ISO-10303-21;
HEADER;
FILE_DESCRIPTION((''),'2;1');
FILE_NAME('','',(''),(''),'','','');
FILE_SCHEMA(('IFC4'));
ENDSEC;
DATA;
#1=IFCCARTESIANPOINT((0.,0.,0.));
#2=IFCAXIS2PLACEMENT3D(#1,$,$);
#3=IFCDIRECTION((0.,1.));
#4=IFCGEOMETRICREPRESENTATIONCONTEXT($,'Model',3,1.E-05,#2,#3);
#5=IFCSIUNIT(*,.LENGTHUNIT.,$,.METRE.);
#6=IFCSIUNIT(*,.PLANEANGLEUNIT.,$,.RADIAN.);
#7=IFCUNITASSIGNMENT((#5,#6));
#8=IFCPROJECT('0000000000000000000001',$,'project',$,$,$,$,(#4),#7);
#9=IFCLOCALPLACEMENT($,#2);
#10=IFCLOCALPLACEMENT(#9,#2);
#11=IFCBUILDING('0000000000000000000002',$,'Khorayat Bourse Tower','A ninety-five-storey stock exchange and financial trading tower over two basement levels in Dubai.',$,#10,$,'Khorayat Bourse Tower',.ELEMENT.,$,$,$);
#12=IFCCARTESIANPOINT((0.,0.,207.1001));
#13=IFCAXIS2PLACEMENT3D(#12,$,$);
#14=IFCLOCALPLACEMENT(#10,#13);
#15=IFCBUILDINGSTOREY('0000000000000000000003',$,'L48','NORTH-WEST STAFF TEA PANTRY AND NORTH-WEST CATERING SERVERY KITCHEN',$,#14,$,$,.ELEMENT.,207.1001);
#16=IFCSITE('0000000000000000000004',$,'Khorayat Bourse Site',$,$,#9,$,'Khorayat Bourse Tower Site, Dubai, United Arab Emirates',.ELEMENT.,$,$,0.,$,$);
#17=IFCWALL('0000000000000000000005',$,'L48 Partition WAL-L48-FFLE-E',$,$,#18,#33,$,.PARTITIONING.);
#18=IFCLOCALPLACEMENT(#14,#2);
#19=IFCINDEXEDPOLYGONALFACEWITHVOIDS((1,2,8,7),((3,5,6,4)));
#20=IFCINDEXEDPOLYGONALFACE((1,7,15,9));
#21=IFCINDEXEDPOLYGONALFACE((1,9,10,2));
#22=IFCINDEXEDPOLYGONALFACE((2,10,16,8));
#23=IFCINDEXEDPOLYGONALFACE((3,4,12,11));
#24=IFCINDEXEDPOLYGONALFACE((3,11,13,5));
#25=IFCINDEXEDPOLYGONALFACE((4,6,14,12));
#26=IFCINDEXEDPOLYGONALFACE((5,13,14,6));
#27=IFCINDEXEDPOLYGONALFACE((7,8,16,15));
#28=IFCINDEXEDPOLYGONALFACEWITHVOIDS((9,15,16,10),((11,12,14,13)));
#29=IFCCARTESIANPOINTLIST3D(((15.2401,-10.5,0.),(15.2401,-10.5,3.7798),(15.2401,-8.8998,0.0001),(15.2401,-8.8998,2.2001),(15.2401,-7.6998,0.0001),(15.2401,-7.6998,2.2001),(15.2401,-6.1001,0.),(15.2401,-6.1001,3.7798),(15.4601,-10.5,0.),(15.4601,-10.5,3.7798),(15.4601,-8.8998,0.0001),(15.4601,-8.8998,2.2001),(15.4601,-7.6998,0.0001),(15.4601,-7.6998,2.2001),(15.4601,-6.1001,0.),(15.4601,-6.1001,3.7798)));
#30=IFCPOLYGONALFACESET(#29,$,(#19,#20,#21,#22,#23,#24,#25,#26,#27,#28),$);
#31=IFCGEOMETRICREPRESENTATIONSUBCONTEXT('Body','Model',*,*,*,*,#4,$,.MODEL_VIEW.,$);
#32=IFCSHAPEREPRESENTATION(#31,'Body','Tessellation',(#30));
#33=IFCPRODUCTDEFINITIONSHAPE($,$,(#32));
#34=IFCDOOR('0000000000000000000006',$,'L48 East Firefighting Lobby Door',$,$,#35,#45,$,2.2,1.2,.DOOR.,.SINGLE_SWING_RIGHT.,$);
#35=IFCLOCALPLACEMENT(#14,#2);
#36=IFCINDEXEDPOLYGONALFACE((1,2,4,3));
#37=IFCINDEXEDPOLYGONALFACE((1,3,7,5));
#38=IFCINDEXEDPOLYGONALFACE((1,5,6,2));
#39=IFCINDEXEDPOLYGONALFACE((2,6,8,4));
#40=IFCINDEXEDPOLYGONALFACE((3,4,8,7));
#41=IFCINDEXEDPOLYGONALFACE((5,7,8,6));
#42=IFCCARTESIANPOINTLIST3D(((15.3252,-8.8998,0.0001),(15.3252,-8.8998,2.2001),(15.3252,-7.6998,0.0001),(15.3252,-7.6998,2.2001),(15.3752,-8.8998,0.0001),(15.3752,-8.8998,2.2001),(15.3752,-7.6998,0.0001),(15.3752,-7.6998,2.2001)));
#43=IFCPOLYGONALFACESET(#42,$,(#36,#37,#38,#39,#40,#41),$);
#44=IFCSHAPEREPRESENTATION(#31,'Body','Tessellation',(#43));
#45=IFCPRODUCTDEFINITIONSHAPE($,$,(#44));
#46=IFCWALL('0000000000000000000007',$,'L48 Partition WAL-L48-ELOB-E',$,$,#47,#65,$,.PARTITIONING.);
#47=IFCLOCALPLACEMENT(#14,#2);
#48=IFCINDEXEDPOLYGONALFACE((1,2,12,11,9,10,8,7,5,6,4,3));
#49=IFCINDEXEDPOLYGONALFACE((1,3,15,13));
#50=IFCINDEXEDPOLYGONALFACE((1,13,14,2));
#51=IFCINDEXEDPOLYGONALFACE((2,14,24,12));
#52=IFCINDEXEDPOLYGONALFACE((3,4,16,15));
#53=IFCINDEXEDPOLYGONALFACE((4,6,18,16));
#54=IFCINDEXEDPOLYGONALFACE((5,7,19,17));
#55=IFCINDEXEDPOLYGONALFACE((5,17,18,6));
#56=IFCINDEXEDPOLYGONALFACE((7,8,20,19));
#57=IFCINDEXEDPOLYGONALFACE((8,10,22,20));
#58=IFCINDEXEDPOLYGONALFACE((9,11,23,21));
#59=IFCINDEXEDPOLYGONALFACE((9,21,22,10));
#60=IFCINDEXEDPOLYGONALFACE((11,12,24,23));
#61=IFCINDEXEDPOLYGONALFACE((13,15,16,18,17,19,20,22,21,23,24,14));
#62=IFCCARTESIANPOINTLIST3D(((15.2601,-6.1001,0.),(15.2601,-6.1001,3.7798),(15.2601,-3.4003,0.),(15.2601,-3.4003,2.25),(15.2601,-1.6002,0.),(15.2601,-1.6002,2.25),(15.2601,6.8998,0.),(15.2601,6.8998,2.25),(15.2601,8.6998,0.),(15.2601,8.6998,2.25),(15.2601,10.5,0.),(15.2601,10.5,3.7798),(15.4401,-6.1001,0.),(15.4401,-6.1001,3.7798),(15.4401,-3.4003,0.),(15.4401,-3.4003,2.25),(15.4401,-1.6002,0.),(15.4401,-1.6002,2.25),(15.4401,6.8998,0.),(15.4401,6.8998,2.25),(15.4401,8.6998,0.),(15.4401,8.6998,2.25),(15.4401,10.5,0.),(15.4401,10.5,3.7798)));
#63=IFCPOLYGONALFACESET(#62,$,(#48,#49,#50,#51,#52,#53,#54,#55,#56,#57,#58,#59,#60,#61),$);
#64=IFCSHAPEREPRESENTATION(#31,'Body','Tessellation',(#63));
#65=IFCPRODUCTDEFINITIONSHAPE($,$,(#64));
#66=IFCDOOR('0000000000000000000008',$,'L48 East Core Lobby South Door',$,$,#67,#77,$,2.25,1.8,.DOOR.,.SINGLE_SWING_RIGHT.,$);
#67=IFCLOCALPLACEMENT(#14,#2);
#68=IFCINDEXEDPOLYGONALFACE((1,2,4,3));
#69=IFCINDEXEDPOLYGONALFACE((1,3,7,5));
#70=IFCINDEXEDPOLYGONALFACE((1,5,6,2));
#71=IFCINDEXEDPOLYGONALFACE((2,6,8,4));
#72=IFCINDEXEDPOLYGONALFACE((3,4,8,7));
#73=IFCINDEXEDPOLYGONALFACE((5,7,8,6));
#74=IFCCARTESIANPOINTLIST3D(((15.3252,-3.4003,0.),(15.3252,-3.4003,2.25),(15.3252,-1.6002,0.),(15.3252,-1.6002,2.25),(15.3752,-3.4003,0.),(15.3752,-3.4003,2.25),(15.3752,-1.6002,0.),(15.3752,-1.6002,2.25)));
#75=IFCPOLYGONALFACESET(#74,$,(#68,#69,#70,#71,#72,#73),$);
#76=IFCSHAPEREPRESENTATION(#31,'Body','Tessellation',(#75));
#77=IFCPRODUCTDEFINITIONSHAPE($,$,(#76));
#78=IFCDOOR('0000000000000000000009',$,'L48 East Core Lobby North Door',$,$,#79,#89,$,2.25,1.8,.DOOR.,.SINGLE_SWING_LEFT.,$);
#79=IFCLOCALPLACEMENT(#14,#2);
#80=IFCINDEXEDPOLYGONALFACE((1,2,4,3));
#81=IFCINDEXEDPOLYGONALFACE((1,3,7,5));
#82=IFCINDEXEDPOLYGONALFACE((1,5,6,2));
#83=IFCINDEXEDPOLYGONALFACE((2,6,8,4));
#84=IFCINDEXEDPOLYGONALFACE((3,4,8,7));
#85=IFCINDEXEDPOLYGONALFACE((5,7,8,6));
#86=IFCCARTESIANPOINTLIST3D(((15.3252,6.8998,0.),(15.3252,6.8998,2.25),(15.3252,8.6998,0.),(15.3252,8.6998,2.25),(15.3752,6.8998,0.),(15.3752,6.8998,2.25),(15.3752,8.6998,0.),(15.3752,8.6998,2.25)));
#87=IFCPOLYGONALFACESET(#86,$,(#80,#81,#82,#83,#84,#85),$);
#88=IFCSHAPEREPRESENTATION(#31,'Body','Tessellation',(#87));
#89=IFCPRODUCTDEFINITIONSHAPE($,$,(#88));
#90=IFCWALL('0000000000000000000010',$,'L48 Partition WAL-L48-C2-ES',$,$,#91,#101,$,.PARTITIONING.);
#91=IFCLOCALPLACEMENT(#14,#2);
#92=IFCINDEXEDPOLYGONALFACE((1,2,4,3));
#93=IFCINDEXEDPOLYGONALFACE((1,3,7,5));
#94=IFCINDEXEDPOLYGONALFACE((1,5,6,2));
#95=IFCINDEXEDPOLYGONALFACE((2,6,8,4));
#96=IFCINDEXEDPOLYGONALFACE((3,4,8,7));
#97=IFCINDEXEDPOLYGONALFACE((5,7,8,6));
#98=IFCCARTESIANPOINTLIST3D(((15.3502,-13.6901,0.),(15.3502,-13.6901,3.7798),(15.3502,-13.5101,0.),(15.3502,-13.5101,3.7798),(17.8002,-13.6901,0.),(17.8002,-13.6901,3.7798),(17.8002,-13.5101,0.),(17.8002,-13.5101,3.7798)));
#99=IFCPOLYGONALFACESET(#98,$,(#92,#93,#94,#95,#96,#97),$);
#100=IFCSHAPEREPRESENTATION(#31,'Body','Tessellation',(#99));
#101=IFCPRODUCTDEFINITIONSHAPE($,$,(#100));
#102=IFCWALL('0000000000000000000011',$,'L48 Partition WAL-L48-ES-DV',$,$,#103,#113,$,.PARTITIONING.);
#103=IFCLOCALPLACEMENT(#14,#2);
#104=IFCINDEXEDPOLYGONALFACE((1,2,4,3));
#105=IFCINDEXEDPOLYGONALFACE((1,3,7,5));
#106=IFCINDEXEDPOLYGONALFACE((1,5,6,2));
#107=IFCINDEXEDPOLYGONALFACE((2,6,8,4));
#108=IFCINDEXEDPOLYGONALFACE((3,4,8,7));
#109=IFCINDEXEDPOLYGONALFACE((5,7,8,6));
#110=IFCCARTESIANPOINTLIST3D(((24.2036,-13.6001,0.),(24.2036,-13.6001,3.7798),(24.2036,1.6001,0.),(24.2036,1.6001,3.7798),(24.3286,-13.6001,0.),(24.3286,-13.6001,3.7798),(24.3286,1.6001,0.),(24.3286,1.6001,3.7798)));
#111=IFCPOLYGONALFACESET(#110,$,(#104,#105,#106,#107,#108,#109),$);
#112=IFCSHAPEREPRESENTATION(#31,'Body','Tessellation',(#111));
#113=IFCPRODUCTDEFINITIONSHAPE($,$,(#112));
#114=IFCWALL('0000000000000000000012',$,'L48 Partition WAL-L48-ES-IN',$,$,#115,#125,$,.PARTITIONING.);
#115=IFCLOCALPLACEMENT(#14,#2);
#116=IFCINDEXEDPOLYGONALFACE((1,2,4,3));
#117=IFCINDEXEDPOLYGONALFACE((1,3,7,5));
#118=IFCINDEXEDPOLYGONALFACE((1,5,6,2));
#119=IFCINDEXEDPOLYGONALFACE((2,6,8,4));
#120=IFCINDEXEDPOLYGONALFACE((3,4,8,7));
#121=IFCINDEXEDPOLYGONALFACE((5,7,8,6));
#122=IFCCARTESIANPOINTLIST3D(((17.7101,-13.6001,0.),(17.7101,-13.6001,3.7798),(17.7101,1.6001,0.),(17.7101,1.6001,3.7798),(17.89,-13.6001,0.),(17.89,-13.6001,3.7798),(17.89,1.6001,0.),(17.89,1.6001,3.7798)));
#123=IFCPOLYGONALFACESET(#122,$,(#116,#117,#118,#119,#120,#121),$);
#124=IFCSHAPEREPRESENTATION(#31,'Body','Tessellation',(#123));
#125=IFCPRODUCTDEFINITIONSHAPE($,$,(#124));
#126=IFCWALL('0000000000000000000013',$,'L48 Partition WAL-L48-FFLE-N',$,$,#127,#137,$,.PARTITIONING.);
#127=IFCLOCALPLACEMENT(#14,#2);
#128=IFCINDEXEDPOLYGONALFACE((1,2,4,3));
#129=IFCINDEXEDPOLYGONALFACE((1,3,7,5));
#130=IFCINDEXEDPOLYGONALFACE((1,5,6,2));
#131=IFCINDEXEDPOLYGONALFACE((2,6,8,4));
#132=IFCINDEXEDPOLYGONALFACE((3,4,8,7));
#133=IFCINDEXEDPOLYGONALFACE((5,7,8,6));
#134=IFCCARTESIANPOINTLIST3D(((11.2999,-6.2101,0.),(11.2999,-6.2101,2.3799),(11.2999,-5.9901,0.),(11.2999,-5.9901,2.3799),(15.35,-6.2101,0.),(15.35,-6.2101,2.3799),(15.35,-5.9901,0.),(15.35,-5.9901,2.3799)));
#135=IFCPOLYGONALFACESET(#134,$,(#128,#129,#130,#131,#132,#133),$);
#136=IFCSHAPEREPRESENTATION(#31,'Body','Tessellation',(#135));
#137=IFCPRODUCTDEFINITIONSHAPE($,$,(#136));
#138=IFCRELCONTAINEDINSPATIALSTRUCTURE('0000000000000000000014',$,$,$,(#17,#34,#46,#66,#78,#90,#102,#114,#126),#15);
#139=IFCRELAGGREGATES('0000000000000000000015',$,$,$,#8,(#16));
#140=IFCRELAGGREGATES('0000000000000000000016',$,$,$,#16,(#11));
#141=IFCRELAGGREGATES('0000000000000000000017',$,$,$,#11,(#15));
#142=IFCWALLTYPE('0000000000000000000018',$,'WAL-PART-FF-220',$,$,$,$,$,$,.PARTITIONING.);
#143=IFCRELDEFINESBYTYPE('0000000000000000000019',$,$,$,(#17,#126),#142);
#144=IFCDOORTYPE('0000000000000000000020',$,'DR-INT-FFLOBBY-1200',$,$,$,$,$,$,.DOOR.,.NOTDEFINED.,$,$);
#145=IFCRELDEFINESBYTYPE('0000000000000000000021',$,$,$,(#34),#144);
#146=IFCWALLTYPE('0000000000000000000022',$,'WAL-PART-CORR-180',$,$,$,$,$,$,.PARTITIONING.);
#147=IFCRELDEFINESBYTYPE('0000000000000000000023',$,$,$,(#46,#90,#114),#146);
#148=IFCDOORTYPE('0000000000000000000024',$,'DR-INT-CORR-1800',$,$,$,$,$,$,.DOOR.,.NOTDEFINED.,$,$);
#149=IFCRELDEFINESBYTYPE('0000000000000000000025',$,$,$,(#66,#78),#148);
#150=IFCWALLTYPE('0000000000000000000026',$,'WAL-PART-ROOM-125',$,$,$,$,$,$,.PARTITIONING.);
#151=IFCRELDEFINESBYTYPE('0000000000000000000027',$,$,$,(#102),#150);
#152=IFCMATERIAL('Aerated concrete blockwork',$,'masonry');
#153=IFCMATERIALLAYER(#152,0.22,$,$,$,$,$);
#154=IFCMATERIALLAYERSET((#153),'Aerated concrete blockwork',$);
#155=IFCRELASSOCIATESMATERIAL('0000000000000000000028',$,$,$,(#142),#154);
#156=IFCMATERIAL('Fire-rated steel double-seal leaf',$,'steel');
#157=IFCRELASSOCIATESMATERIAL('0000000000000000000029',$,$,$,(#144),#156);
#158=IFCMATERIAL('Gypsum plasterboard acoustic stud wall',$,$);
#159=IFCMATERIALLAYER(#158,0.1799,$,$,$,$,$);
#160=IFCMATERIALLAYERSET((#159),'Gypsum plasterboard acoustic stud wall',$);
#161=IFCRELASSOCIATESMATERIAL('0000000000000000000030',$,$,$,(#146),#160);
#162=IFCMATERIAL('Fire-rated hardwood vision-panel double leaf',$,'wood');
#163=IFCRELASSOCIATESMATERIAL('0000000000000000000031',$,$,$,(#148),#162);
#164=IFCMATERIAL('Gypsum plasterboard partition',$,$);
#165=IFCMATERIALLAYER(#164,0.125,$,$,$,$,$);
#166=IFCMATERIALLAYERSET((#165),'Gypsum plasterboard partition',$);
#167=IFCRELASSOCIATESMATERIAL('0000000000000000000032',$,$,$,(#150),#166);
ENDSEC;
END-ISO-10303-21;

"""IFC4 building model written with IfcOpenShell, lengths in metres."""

from ifc_helpers import new_model, si_unit, direction, frame, frame_2d, origin, place, context, subcontext, project, spatial, rectangle, extrude, source, transform, mapped, material, layer, layer_set, type_object, element, fill, save


model = new_model("IFC4")

# Units and contexts
model_context = context("Model", 3, precision=1e-05, world=origin(), true_north=direction((0.0, 1.0)))
body_context = subcontext(model_context, "Body", "Model", "MODEL_VIEW")
ifc_project = project(units=[si_unit("LENGTHUNIT", "METRE"), si_unit("PLANEANGLEUNIT", "RADIAN")], contexts=[model_context])

# Site, building, storey
site_placement = place(None, origin())
site = spatial("IfcSite", under=ifc_project, at=site_placement, Name="Khorayat Bourse Site", LongName="Khorayat Bourse Tower Site, Dubai, United Arab Emirates", CompositionType="ELEMENT", RefElevation=0.0)
building_placement = place(site_placement, origin())
building = spatial("IfcBuilding", under=site, at=building_placement, Name="Khorayat Bourse Tower", Description="A ninety-five-storey stock exchange and financial trading tower over two basement levels in Dubai.", LongName="Khorayat Bourse Tower", CompositionType="ELEMENT")
storey_placement = place(building_placement, frame((0.0, 0.0, 207.1001)))
storey = spatial("IfcBuildingStorey", under=building, at=storey_placement, Name="L48", Description="NORTH-WEST STAFF TEA PANTRY AND NORTH-WEST CATERING SERVERY KITCHEN", CompositionType="ELEMENT", Elevation=207.1001)

# Shared definitions
ifc_material_1 = material(Name="Aerated concrete blockwork", Category="masonry")
ifc_layer_1 = layer(ifc_material_1, 0.22)
ifc_layer_set_1 = layer_set([ifc_layer_1], Name="Aerated concrete blockwork")
wall_type_1 = type_object("IfcWallType", Name="WAL-PART-FF-220", PredefinedType="PARTITIONING", material=ifc_layer_set_1)

# Wall, opening, door
shared_shape_1 = source(origin(), body_context, "Body", "SweptSolid", [
    extrude(rectangle(XDim=4.3999, YDim=0.22, at=frame_2d((2.2, 0.0))), origin(), (0.0, 0.0, 1.0), 3.7798),
])
wall_1_placement = place(storey_placement, frame((15.3501, -10.5, 0.0), z_axis=(0.0, 0.0, 1.0), x_axis=(0.0, 1.0, 0.0)))
wall_1 = element("IfcWall", 1, at=wall_1_placement, inside=storey, type_object=wall_type_1, Name="L48 Partition WAL-L48-FFLE-E", PredefinedType="PARTITIONING", context=body_context, shape_type="MappedRepresentation", body=[
    mapped(shared_shape_1, transform((0.0, 0.0, 0.0), scale=1.0)),
])
shared_shape_2 = source(origin(), body_context, "Body", "SweptSolid", [
    extrude(rectangle(XDim=1.2, YDim=2.2, at=frame_2d((0.6001, 1.1001))), frame((0.0, 0.1199, 0.0), z_axis=(0.0, -1.0, 0.0), x_axis=(1.0, 0.0, 0.0)), (0.0, 0.0, 1.0), 0.24),
])
opening_1_placement = place(wall_1_placement, frame((1.6001, 0.0, 0.0)))
opening_1 = element("IfcOpeningElement", 2, at=opening_1_placement, cuts=wall_1, PredefinedType="OPENING", context=body_context, shape_type="MappedRepresentation", body=[
    mapped(shared_shape_2, transform((0.0, 0.0, 0.0), scale=1.0)),
])
ifc_material_2 = material(Name="Fire-rated steel double-seal leaf", Category="steel")
door_type_1 = type_object("IfcDoorType", Name="DR-INT-FFLOBBY-1200", OperationType="NOTDEFINED", PredefinedType="DOOR", material=ifc_material_2)
shared_shape_3 = source(origin(), body_context, "Body", "SweptSolid", [
    extrude(rectangle(XDim=1.2, YDim=2.2, at=frame_2d((0.6001, 1.1001))), frame((0.0, 0.0249, 0.0), z_axis=(0.0, -1.0, 0.0), x_axis=(1.0, 0.0, 0.0)), (0.0, 0.0, 1.0), 0.05),
])
door_1_placement = place(opening_1_placement, origin())
door_1 = element("IfcDoor", 3, at=door_1_placement, inside=storey, type_object=door_type_1, Name="L48 East Firefighting Lobby Door", OperationType="SINGLE_SWING_RIGHT", OverallHeight=2.2, OverallWidth=1.2, PredefinedType="DOOR", context=body_context, shape_type="MappedRepresentation", body=[
    mapped(shared_shape_3, transform((0.0, 0.0, 0.0), scale=1.0)),
])
fill(opening_1, door_1)

# Wall, openings, doors
ifc_material_3 = material(Name="Gypsum plasterboard acoustic stud wall")
ifc_layer_2 = layer(ifc_material_3, 0.1799)
ifc_layer_set_2 = layer_set([ifc_layer_2], Name="Gypsum plasterboard acoustic stud wall")
wall_type_2 = type_object("IfcWallType", Name="WAL-PART-CORR-180", PredefinedType="PARTITIONING", material=ifc_layer_set_2)
shared_shape_4 = source(origin(), body_context, "Body", "SweptSolid", [
    extrude(rectangle(XDim=16.6001, YDim=0.1799, at=frame_2d((8.3, 0.0))), origin(), (0.0, 0.0, 1.0), 3.7798),
])
wall_2_placement = place(storey_placement, frame((15.3501, -6.1001, 0.0), z_axis=(0.0, 0.0, 1.0), x_axis=(0.0, 1.0, 0.0)))
wall_2 = element("IfcWall", 4, at=wall_2_placement, inside=storey, type_object=wall_type_2, Name="L48 Partition WAL-L48-ELOB-E", PredefinedType="PARTITIONING", context=body_context, shape_type="MappedRepresentation", body=[
    mapped(shared_shape_4, transform((0.0, 0.0, 0.0), scale=1.0)),
])
shared_shape_5 = source(origin(), body_context, "Body", "SweptSolid", [
    extrude(rectangle(XDim=1.8, YDim=2.25, at=frame_2d((0.8999, 1.125))), frame((0.0, 0.0999, 0.0), z_axis=(0.0, -1.0, 0.0), x_axis=(1.0, 0.0, 0.0)), (0.0, 0.0, 1.0), 0.2),
])
opening_2_placement = place(wall_2_placement, frame((2.7, 0.0, 0.0)))
opening_2 = element("IfcOpeningElement", 5, at=opening_2_placement, cuts=wall_2, PredefinedType="OPENING", context=body_context, shape_type="MappedRepresentation", body=[
    mapped(shared_shape_5, transform((0.0, 0.0, 0.0), scale=1.0)),
])
opening_3_placement = place(wall_2_placement, frame((13.0, 0.0, 0.0)))
opening_3 = element("IfcOpeningElement", 6, at=opening_3_placement, cuts=wall_2, PredefinedType="OPENING", context=body_context, shape_type="MappedRepresentation", body=[
    mapped(shared_shape_5, transform((0.0, 0.0, 0.0), scale=1.0)),
])
ifc_material_4 = material(Name="Fire-rated hardwood vision-panel double leaf", Category="wood")
door_type_2 = type_object("IfcDoorType", Name="DR-INT-CORR-1800", OperationType="NOTDEFINED", PredefinedType="DOOR", material=ifc_material_4)
shared_shape_6 = source(origin(), body_context, "Body", "SweptSolid", [
    extrude(rectangle(XDim=1.8, YDim=2.25, at=frame_2d((0.8999, 1.125))), frame((0.0, 0.0249, 0.0), z_axis=(0.0, -1.0, 0.0), x_axis=(1.0, 0.0, 0.0)), (0.0, 0.0, 1.0), 0.05),
])
door_2_placement = place(opening_2_placement, origin())
door_2 = element("IfcDoor", 7, at=door_2_placement, inside=storey, type_object=door_type_2, Name="L48 East Core Lobby South Door", OperationType="SINGLE_SWING_RIGHT", OverallHeight=2.25, OverallWidth=1.8, PredefinedType="DOOR", context=body_context, shape_type="MappedRepresentation", body=[
    mapped(shared_shape_6, transform((0.0, 0.0, 0.0), scale=1.0)),
])
fill(opening_2, door_2)
door_3_placement = place(opening_3_placement, origin())
door_3 = element("IfcDoor", 8, at=door_3_placement, inside=storey, type_object=door_type_2, Name="L48 East Core Lobby North Door", OperationType="SINGLE_SWING_LEFT", OverallHeight=2.25, OverallWidth=1.8, PredefinedType="DOOR", context=body_context, shape_type="MappedRepresentation", body=[
    mapped(shared_shape_6, transform((0.0, 0.0, 0.0), scale=1.0)),
])
fill(opening_3, door_3)

# Walls
shared_shape_7 = source(origin(), body_context, "Body", "SweptSolid", [
    extrude(rectangle(XDim=2.45, YDim=0.1799, at=frame_2d((1.2251, 0.0))), origin(), (0.0, 0.0, 1.0), 3.7798),
])
wall_3_placement = place(storey_placement, frame((15.3501, -13.6001, 0.0), z_axis=(0.0, 0.0, 1.0), x_axis=(1.0, 0.0, 0.0)))
element("IfcWall", 9, at=wall_3_placement, inside=storey, type_object=wall_type_2, Name="L48 Partition WAL-L48-C2-ES", PredefinedType="PARTITIONING", context=body_context, shape_type="MappedRepresentation", body=[
    mapped(shared_shape_7, transform((0.0, 0.0, 0.0), scale=1.0)),
])
ifc_material_5 = material(Name="Gypsum plasterboard partition")
ifc_layer_3 = layer(ifc_material_5, 0.125)
ifc_layer_set_3 = layer_set([ifc_layer_3], Name="Gypsum plasterboard partition")
wall_type_3 = type_object("IfcWallType", Name="WAL-PART-ROOM-125", PredefinedType="PARTITIONING", material=ifc_layer_set_3)
shared_shape_8 = source(origin(), body_context, "Body", "SweptSolid", [
    extrude(rectangle(XDim=15.2002, YDim=0.125, at=frame_2d((7.6001, 0.0))), origin(), (0.0, 0.0, 1.0), 3.7798),
])
wall_4_placement = place(storey_placement, frame((24.2661, -13.6001, 0.0), z_axis=(0.0, 0.0, 1.0), x_axis=(0.0, 1.0, 0.0)))
element("IfcWall", 10, at=wall_4_placement, inside=storey, type_object=wall_type_3, Name="L48 Partition WAL-L48-ES-DV", PredefinedType="PARTITIONING", context=body_context, shape_type="MappedRepresentation", body=[
    mapped(shared_shape_8, transform((0.0, 0.0, 0.0), scale=1.0)),
])
shared_shape_9 = source(origin(), body_context, "Body", "SweptSolid", [
    extrude(rectangle(XDim=15.2002, YDim=0.1799, at=frame_2d((7.6001, 0.0))), origin(), (0.0, 0.0, 1.0), 3.7798),
])
wall_5_placement = place(storey_placement, frame((17.8, -13.6001, 0.0), z_axis=(0.0, 0.0, 1.0), x_axis=(0.0, 1.0, 0.0)))
element("IfcWall", 11, at=wall_5_placement, inside=storey, type_object=wall_type_2, Name="L48 Partition WAL-L48-ES-IN", PredefinedType="PARTITIONING", context=body_context, shape_type="MappedRepresentation", body=[
    mapped(shared_shape_9, transform((0.0, 0.0, 0.0), scale=1.0)),
])
shared_shape_10 = source(origin(), body_context, "Body", "SweptSolid", [
    extrude(rectangle(XDim=4.05, YDim=0.22, at=frame_2d((2.0249, 0.0))), origin(), (0.0, 0.0, 1.0), 2.3799),
])
wall_6_placement = place(storey_placement, frame((11.3, -6.1001, 0.0), z_axis=(0.0, 0.0, 1.0), x_axis=(1.0, 0.0, 0.0)))
element("IfcWall", 12, at=wall_6_placement, inside=storey, type_object=wall_type_1, Name="L48 Partition WAL-L48-FFLE-N", PredefinedType="PARTITIONING", context=body_context, shape_type="MappedRepresentation", body=[
    mapped(shared_shape_10, transform((0.0, 0.0, 0.0), scale=1.0)),
])

save(model, "model.ifc")
